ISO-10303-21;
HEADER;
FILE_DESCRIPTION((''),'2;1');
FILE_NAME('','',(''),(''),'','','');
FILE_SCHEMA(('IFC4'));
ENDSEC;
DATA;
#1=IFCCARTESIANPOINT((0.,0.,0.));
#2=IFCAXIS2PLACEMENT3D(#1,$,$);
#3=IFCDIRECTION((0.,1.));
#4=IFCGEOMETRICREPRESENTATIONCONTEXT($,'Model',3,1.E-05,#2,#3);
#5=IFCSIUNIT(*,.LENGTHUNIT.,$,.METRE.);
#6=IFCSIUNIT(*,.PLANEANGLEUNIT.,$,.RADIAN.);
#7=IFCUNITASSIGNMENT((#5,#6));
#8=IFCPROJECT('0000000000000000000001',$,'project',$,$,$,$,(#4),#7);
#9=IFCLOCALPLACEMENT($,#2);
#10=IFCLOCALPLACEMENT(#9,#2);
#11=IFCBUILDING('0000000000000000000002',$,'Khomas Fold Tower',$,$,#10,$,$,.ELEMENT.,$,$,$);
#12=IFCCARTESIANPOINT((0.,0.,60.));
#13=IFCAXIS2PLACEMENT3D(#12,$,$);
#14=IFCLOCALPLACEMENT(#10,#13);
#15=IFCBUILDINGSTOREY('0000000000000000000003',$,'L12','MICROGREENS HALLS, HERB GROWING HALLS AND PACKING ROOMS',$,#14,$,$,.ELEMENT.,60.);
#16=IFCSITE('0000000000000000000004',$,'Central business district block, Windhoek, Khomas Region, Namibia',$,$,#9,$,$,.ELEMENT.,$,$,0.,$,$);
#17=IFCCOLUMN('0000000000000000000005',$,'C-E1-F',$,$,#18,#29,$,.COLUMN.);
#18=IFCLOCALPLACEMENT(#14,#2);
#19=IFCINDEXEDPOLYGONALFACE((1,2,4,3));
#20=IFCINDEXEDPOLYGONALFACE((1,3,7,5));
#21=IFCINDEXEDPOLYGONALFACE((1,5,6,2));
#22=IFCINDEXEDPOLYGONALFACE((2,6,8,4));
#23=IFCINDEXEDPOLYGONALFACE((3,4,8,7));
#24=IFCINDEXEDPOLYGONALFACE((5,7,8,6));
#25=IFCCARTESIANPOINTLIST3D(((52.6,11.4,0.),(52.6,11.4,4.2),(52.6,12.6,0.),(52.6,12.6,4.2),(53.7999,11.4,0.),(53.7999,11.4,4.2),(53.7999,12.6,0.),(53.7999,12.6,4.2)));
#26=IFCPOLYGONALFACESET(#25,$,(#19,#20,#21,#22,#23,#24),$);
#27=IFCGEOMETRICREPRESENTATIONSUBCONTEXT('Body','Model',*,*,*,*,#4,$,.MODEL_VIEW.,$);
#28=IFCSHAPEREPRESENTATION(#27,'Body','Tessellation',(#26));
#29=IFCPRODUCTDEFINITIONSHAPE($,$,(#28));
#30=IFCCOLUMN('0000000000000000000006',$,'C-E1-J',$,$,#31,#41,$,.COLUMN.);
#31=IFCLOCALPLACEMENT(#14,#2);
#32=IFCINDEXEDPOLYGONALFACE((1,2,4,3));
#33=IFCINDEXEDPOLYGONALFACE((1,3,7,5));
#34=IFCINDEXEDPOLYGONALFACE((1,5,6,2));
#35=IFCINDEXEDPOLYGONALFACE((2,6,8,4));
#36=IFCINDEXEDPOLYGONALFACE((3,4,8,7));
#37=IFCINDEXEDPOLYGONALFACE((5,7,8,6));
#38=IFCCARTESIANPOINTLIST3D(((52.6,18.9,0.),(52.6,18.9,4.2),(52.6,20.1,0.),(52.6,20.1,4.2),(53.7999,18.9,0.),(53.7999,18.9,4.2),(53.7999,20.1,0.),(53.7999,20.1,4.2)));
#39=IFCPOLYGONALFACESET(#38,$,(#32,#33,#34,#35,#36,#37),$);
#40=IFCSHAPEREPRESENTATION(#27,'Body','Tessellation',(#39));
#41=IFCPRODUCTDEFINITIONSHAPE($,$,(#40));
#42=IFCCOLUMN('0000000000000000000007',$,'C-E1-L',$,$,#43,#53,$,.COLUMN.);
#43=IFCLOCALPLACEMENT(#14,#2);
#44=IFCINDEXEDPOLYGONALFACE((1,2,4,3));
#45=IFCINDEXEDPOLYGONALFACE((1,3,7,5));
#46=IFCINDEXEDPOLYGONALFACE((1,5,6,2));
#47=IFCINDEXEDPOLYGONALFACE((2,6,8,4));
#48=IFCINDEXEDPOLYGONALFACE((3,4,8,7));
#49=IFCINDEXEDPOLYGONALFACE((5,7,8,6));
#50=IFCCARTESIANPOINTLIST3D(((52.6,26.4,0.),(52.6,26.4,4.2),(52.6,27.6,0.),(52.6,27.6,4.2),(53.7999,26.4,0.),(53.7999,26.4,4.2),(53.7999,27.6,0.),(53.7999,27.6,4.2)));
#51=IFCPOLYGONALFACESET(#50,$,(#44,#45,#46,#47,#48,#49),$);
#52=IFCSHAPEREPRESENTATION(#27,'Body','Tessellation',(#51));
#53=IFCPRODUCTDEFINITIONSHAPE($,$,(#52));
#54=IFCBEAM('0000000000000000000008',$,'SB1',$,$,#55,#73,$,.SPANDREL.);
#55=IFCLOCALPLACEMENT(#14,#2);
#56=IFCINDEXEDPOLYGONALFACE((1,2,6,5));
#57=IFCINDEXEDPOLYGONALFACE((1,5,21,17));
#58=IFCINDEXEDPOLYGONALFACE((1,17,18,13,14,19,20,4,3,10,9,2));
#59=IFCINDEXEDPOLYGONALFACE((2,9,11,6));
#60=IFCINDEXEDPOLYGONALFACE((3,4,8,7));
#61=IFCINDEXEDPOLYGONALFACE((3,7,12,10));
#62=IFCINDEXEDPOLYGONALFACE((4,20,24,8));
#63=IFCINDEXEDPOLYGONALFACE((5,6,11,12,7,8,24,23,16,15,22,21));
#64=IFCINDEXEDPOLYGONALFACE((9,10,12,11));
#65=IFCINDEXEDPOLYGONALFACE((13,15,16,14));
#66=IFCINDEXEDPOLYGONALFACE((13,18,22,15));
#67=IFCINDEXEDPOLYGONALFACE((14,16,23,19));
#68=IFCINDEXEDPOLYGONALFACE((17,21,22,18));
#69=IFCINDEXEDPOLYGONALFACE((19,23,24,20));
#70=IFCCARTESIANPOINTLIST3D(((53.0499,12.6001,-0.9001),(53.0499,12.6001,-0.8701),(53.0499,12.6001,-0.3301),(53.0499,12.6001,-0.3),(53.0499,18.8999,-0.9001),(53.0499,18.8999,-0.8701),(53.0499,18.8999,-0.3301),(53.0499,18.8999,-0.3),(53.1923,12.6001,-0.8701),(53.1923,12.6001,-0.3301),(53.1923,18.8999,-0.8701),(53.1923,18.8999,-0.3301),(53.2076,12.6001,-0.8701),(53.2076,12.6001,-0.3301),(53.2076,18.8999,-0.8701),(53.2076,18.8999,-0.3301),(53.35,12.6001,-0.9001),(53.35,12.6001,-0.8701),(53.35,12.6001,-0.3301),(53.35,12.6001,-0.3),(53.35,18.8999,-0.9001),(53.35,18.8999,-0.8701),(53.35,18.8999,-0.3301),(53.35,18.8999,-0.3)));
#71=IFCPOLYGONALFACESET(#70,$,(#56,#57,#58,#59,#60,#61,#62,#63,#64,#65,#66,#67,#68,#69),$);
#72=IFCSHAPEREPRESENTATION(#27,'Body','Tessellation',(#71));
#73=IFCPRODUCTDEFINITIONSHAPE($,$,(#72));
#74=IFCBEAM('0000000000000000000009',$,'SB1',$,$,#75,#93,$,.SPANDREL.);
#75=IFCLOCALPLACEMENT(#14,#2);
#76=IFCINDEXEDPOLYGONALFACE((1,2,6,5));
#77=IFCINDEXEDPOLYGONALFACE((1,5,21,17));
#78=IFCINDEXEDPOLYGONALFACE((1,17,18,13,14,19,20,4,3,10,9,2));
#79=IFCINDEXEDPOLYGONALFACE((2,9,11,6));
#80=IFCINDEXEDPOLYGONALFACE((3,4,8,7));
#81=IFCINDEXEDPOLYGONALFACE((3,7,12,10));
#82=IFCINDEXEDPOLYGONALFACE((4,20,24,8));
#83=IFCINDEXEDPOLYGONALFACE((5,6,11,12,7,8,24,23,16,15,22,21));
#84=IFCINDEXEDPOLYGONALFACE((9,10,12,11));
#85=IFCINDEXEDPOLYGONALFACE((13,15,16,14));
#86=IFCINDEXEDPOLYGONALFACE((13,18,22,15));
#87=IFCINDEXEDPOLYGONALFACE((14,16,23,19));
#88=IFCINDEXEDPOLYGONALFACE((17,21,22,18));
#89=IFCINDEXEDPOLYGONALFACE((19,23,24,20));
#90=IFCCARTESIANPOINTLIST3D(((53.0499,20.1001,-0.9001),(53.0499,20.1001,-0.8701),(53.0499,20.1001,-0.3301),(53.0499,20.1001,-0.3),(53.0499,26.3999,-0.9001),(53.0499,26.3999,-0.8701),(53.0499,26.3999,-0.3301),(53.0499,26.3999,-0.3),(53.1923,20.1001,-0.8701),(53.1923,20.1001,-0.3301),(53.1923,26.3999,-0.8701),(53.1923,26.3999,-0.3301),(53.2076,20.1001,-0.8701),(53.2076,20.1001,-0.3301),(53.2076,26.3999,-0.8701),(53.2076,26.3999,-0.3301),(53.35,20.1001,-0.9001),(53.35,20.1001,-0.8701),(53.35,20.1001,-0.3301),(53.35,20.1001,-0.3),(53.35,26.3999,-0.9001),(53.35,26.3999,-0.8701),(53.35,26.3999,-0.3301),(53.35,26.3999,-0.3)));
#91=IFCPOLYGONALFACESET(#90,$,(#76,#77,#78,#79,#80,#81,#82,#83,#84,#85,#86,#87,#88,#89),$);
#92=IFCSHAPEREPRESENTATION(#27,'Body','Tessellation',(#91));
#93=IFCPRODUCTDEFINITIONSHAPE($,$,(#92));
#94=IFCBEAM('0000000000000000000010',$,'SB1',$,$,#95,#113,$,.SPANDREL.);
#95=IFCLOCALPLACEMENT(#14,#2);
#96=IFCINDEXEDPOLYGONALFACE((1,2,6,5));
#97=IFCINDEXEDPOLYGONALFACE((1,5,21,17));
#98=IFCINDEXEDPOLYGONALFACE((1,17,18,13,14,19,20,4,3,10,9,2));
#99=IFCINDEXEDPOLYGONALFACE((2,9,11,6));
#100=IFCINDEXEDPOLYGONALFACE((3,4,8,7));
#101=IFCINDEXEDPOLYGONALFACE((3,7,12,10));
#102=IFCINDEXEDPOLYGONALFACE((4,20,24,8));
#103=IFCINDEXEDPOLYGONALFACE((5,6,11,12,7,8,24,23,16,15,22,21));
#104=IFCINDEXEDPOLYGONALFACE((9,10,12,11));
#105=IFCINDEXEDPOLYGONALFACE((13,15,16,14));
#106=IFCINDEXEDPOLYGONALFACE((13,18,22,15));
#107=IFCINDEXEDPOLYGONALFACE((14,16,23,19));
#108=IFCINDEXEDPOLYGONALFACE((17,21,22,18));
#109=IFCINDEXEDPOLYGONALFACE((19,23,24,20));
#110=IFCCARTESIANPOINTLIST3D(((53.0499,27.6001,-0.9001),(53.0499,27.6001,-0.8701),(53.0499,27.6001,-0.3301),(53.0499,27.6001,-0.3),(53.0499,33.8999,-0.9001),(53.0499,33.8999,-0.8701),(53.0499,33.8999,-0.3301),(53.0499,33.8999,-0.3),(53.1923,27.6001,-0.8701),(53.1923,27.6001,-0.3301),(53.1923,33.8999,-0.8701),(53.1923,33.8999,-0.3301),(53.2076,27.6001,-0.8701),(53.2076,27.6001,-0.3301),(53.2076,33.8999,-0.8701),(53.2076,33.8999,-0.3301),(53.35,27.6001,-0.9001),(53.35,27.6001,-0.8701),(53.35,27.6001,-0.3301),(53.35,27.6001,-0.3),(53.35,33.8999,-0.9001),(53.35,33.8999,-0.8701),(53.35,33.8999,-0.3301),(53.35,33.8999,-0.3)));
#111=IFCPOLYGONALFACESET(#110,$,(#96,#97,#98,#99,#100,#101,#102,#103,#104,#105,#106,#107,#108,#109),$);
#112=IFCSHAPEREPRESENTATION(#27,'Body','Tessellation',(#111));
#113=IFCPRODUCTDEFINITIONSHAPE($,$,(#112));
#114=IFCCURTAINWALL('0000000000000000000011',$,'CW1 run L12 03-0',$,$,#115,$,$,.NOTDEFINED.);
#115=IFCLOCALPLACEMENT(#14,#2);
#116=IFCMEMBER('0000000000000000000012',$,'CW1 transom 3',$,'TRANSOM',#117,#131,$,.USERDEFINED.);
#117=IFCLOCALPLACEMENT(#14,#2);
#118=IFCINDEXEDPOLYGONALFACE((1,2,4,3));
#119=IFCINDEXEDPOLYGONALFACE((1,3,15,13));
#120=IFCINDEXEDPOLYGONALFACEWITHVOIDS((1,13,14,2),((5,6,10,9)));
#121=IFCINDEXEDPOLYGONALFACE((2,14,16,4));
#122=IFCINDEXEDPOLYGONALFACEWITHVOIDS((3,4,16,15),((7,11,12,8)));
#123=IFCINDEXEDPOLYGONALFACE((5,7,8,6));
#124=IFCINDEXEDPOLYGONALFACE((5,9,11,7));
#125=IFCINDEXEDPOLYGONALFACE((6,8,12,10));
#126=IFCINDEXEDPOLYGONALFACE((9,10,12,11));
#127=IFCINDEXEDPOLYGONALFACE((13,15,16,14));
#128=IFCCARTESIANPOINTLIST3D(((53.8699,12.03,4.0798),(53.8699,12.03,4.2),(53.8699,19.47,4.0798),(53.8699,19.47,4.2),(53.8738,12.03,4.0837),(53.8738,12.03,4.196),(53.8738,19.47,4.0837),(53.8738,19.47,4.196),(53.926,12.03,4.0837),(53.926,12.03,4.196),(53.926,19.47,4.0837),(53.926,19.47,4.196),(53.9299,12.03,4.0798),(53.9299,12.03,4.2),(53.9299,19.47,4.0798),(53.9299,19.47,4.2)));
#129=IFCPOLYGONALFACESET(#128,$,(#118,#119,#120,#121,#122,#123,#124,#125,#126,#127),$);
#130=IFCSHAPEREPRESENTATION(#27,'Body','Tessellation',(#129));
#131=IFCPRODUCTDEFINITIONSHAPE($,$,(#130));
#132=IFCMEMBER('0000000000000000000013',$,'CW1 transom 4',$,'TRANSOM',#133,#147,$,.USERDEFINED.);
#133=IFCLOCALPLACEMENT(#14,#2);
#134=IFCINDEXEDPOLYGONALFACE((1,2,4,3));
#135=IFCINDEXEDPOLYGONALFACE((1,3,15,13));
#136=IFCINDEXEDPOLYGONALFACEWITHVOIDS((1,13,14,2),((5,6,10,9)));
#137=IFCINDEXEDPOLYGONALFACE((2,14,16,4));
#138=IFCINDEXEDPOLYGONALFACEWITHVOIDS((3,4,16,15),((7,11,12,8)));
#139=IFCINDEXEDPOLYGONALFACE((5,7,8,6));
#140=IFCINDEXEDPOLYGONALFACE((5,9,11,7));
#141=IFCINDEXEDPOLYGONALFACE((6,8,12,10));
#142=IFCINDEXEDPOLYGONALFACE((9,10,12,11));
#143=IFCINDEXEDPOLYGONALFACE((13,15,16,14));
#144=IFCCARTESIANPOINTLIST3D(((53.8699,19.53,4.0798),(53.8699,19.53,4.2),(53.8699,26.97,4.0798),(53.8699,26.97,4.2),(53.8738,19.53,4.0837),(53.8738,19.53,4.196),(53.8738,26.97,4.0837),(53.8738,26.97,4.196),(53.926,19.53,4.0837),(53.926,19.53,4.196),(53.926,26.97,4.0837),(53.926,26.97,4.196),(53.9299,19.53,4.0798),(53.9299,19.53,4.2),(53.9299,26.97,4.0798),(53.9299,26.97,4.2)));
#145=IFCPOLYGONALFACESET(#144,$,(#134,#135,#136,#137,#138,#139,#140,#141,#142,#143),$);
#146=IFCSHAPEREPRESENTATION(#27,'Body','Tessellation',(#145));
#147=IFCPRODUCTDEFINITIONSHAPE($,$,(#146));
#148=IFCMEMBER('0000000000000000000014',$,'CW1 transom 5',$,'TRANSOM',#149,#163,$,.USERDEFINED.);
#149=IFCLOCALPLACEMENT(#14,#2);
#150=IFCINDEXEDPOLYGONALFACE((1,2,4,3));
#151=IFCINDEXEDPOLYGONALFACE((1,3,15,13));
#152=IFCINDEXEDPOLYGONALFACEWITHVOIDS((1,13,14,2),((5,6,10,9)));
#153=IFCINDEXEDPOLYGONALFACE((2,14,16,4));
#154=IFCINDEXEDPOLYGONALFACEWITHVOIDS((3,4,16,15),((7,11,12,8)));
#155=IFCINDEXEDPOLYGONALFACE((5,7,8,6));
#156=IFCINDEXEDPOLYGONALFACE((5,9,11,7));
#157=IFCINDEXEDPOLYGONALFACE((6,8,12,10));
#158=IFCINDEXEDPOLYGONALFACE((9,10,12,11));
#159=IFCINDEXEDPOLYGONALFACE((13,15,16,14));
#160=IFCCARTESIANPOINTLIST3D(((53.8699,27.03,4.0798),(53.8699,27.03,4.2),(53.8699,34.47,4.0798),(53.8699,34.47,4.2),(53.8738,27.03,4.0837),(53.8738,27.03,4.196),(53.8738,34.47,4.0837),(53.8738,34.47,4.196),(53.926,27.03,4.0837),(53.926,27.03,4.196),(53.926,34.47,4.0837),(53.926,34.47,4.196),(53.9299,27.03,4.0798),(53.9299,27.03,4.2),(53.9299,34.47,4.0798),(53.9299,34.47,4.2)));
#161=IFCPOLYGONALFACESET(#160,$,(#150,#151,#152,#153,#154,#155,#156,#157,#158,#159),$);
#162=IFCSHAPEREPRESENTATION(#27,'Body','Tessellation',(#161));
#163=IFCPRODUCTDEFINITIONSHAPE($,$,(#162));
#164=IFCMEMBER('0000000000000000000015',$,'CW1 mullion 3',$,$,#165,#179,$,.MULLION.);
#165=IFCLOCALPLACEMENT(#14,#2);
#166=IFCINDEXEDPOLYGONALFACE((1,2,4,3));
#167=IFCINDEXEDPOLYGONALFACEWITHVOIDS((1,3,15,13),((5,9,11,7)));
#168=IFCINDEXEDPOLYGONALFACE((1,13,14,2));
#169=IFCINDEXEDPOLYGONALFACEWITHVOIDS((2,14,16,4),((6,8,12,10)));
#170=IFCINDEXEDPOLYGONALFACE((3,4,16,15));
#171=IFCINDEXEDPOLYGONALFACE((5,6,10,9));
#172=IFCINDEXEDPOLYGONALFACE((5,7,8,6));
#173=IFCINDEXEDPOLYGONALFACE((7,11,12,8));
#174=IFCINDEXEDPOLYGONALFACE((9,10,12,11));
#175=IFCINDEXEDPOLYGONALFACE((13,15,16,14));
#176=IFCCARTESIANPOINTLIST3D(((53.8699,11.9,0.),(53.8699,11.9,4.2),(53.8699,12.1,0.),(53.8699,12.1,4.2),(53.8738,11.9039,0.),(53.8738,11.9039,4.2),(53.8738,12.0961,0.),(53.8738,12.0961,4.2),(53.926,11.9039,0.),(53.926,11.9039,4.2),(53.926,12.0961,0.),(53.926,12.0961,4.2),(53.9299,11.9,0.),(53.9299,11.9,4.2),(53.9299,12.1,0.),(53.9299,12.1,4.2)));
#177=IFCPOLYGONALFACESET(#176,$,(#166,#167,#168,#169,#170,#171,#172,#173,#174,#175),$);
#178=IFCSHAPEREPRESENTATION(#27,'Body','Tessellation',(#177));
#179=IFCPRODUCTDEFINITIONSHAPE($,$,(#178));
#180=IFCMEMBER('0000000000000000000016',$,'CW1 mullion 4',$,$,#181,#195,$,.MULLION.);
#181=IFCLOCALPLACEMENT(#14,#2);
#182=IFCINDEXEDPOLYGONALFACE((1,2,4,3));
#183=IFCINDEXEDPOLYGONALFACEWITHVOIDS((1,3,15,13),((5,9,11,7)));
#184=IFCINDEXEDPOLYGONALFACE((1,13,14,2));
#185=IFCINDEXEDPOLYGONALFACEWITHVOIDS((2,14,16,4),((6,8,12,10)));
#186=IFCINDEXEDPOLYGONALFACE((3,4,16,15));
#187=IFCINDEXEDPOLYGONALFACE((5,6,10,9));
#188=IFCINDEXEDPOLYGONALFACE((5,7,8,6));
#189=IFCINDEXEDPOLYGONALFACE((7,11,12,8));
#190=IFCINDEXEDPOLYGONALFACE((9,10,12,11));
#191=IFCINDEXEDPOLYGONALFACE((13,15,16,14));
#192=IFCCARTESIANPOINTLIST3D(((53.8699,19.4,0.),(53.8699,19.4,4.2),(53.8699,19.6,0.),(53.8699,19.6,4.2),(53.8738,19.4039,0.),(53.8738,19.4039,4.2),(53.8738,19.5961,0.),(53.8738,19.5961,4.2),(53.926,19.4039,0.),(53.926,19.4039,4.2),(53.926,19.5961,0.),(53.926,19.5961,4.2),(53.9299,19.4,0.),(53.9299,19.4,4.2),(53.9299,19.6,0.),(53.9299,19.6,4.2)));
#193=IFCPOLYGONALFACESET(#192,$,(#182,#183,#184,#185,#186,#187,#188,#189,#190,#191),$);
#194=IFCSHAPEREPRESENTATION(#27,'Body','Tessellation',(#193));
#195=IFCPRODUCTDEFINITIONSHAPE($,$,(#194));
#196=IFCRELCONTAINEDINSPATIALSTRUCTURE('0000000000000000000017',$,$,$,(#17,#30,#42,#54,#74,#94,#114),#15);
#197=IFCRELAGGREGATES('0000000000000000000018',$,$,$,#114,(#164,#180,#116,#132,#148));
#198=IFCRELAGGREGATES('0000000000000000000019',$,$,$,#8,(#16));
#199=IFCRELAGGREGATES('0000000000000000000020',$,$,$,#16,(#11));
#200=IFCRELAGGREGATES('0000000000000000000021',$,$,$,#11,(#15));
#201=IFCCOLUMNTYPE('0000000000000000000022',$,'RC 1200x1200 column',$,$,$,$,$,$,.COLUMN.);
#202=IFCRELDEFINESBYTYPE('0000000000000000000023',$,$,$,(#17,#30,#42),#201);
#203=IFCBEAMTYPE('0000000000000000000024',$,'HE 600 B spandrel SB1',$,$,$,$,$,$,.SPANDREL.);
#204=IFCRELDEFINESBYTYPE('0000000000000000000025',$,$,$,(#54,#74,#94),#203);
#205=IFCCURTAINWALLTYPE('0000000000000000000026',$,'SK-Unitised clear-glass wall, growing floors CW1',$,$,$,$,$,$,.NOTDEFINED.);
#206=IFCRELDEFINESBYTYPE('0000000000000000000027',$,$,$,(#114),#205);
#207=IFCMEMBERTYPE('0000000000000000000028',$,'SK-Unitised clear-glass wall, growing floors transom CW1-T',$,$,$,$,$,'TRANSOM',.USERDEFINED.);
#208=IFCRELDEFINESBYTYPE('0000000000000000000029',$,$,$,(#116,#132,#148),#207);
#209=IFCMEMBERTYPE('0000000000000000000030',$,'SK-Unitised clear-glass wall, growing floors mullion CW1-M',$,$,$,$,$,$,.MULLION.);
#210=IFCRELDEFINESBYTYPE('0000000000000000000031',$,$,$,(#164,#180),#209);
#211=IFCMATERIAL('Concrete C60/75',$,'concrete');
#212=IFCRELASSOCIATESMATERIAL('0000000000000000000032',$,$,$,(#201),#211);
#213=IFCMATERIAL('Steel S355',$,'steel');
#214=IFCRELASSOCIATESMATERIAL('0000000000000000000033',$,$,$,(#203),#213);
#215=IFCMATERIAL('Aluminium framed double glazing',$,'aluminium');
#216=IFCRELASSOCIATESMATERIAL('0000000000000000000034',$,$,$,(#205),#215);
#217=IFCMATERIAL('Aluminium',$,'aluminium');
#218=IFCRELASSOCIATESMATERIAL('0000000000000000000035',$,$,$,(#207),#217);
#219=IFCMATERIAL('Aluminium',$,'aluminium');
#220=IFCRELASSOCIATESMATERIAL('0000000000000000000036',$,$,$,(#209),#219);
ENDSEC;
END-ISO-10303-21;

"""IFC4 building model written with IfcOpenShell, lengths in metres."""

from ifc_helpers import new_model, si_unit, direction, frame, origin, origin_2d, place, context, subcontext, project, spatial, rectangle, hollow_rectangle, i_section, extrude, source, transform, mapped, material, material_profile, profile_set, type_object, element, aggregate, save


model = new_model("IFC4")

# Units and contexts
model_context = context("Model", 3, precision=1e-05, world=origin(), true_north=direction((0.0, 1.0)))
body_context = subcontext(model_context, "Body", "Model", "MODEL_VIEW")
ifc_project = project(units=[si_unit("LENGTHUNIT", "METRE"), si_unit("PLANEANGLEUNIT", "RADIAN")], contexts=[model_context])

# Site, building, storey
site_placement = place(None, origin())
site = spatial("IfcSite", under=ifc_project, at=site_placement, Name="Central business district block, Windhoek, Khomas Region, Namibia", CompositionType="ELEMENT", RefElevation=0.0)
building_placement = place(site_placement, origin())
building = spatial("IfcBuilding", under=site, at=building_placement, Name="Khomas Fold Tower", CompositionType="ELEMENT")
storey_placement = place(building_placement, frame((0.0, 0.0, 60.0)))
storey = spatial("IfcBuildingStorey", under=building, at=storey_placement, Name="L12", Description="MICROGREENS HALLS, HERB GROWING HALLS AND PACKING ROOMS", CompositionType="ELEMENT", Elevation=60.0)

# Columns
ifc_material_1 = material(Name="Concrete C60/75", Category="concrete")
ifc_material_profile_1 = material_profile(ifc_material_1, rectangle(XDim=1.2, YDim=1.2, at=origin_2d()), Name="RC 1200x1200")
ifc_profile_set_1 = profile_set([ifc_material_profile_1], Name="Concrete C60/75")
column_type = type_object("IfcColumnType", Name="RC 1200x1200 column", PredefinedType="COLUMN", material=ifc_profile_set_1)
shared_shape_1 = source(origin(), body_context, "Body", "SweptSolid", [
    extrude(rectangle(XDim=1.2, YDim=1.2, at=origin_2d()), origin(), (0.0, 0.0, 1.0), 4.2),
])
for number, where, z_axis, x_axis, name in (
    (1, (53.2, 12.0, 0.0), (0.0, 0.0, 1.0), (1.0, 0.0, 0.0), "C-E1-F"),
    (2, (53.2, 19.5, 0.0), (0.0, 0.0, 1.0), (1.0, 0.0, 0.0), "C-E1-J"),
    (3, (53.2, 27.0, 0.0), (0.0, 0.0, 1.0), (1.0, 0.0, 0.0), "C-E1-L"),
):
    element("IfcColumn", number, at=place(storey_placement, frame(where, z_axis=z_axis, x_axis=x_axis)), inside=storey, type_object=column_type, Name=name, PredefinedType="COLUMN", context=body_context, shape_type="MappedRepresentation", body=[
        mapped(shared_shape_1, transform((0.0, 0.0, 0.0))),
    ])

# Beams
ifc_material_2 = material(Name="Steel S355", Category="steel")
ifc_material_profile_2 = material_profile(ifc_material_2, i_section(OverallWidth=0.3, OverallDepth=0.6001, WebThickness=0.0154, FlangeThickness=0.03, at=origin_2d()), Name="HE 600 B")
ifc_profile_set_2 = profile_set([ifc_material_profile_2], Name="Steel S355")
beam_type = type_object("IfcBeamType", Name="HE 600 B spandrel SB1", PredefinedType="SPANDREL", material=ifc_profile_set_2)
shared_shape_2 = source(origin(), body_context, "Body", "SweptSolid", [
    extrude(i_section(OverallWidth=0.3, OverallDepth=0.6001, WebThickness=0.0154, FlangeThickness=0.03, at=origin_2d()), origin(), (0.0, 0.0, 1.0), 6.2998),
])
for number, where, z_axis, x_axis, name in (
    (4, (53.2, 12.6001, -0.6001), (0.0, 1.0, 0.0), (-1.0, 0.0, 0.0), "SB1"),
    (5, (53.2, 20.1001, -0.6001), (0.0, 1.0, 0.0), (-1.0, 0.0, 0.0), "SB1"),
    (6, (53.2, 27.6001, -0.6001), (0.0, 1.0, 0.0), (-1.0, 0.0, 0.0), "SB1"),
):
    element("IfcBeam", number, at=place(storey_placement, frame(where, z_axis=z_axis, x_axis=x_axis)), inside=storey, type_object=beam_type, Name=name, PredefinedType="SPANDREL", context=body_context, shape_type="MappedRepresentation", body=[
        mapped(shared_shape_2, transform((0.0, 0.0, 0.0))),
    ])

# Curtain wall, members
ifc_material_3 = material(Name="Aluminium framed double glazing", Category="aluminium")
curtain_wall_type = type_object("IfcCurtainWallType", Name="SK-Unitised clear-glass wall, growing floors CW1", PredefinedType="NOTDEFINED", material=ifc_material_3)
curtain_wall_placement = place(storey_placement, origin())
curtain_wall = element("IfcCurtainWall", 7, at=curtain_wall_placement, inside=storey, type_object=curtain_wall_type, Name="CW1 run L12 03-0", PredefinedType="NOTDEFINED")
ifc_material_4 = material(Name="Aluminium", Category="aluminium")
ifc_material_profile_3 = material_profile(ifc_material_4, hollow_rectangle(XDim=0.0601, YDim=0.1201, WallThickness=0.0039, at=origin_2d()), Name="SK-Unitised clear-glass wall, growing floors transom CW1-T")
ifc_profile_set_3 = profile_set([ifc_material_profile_3], Name="Aluminium")
member_type_1 = type_object("IfcMemberType", Name="SK-Unitised clear-glass wall, growing floors transom CW1-T", ElementType="TRANSOM", PredefinedType="USERDEFINED", material=ifc_profile_set_3)
shared_shape_3 = source(origin(), body_context, "Body", "SweptSolid", [
    extrude(hollow_rectangle(XDim=0.0601, YDim=0.1201, WallThickness=0.0039, at=origin_2d()), origin(), (0.0, 0.0, 1.0), 7.4399),
])
member_1_placement = place(storey_placement, frame((53.8999, 12.03, 4.1399), z_axis=(0.0, 1.0, 0.0), x_axis=(-1.0, 0.0, 0.0)))
member_1 = element("IfcMember", 8, at=member_1_placement, type_object=member_type_1, Name="CW1 transom 3", ObjectType="TRANSOM", PredefinedType="USERDEFINED", context=body_context, shape_type="MappedRepresentation", body=[
    mapped(shared_shape_3, transform((0.0, 0.0, 0.0))),
])
member_2_placement = place(storey_placement, frame((53.8999, 19.53, 4.1399), z_axis=(0.0, 1.0, 0.0), x_axis=(-1.0, 0.0, 0.0)))
member_2 = element("IfcMember", 9, at=member_2_placement, type_object=member_type_1, Name="CW1 transom 4", ObjectType="TRANSOM", PredefinedType="USERDEFINED", context=body_context, shape_type="MappedRepresentation", body=[
    mapped(shared_shape_3, transform((0.0, 0.0, 0.0))),
])
member_3_placement = place(storey_placement, frame((53.8999, 27.03, 4.1399), z_axis=(0.0, 1.0, 0.0), x_axis=(-1.0, 0.0, 0.0)))
member_3 = element("IfcMember", 10, at=member_3_placement, type_object=member_type_1, Name="CW1 transom 5", ObjectType="TRANSOM", PredefinedType="USERDEFINED", context=body_context, shape_type="MappedRepresentation", body=[
    mapped(shared_shape_3, transform((0.0, 0.0, 0.0))),
])
ifc_material_5 = material(Name="Aluminium", Category="aluminium")
ifc_material_profile_4 = material_profile(ifc_material_5, hollow_rectangle(XDim=0.0601, YDim=0.2, WallThickness=0.0039, at=origin_2d()), Name="SK-Unitised clear-glass wall, growing floors mullion CW1-M")
ifc_profile_set_4 = profile_set([ifc_material_profile_4], Name="Aluminium")
member_type_2 = type_object("IfcMemberType", Name="SK-Unitised clear-glass wall, growing floors mullion CW1-M", PredefinedType="MULLION", material=ifc_profile_set_4)
shared_shape_4 = source(origin(), body_context, "Body", "SweptSolid", [
    extrude(hollow_rectangle(XDim=0.0601, YDim=0.2, WallThickness=0.0039, at=origin_2d()), origin(), (0.0, 0.0, 1.0), 4.2),
])
member_4_placement = place(storey_placement, frame((53.8999, 12.0, 0.0), z_axis=(0.0, 0.0, 1.0), x_axis=(-1.0, 0.0, 0.0)))
member_4 = element("IfcMember", 11, at=member_4_placement, type_object=member_type_2, Name="CW1 mullion 3", PredefinedType="MULLION", context=body_context, shape_type="MappedRepresentation", body=[
    mapped(shared_shape_4, transform((0.0, 0.0, 0.0))),
])
member_5_placement = place(storey_placement, frame((53.8999, 19.5, 0.0), z_axis=(0.0, 0.0, 1.0), x_axis=(-1.0, 0.0, 0.0)))
member_5 = element("IfcMember", 12, at=member_5_placement, type_object=member_type_2, Name="CW1 mullion 4", PredefinedType="MULLION", context=body_context, shape_type="MappedRepresentation", body=[
    mapped(shared_shape_4, transform((0.0, 0.0, 0.0))),
])

aggregate(curtain_wall, [member_4, member_5, member_1, member_2, member_3])

save(model, "model.ifc")
